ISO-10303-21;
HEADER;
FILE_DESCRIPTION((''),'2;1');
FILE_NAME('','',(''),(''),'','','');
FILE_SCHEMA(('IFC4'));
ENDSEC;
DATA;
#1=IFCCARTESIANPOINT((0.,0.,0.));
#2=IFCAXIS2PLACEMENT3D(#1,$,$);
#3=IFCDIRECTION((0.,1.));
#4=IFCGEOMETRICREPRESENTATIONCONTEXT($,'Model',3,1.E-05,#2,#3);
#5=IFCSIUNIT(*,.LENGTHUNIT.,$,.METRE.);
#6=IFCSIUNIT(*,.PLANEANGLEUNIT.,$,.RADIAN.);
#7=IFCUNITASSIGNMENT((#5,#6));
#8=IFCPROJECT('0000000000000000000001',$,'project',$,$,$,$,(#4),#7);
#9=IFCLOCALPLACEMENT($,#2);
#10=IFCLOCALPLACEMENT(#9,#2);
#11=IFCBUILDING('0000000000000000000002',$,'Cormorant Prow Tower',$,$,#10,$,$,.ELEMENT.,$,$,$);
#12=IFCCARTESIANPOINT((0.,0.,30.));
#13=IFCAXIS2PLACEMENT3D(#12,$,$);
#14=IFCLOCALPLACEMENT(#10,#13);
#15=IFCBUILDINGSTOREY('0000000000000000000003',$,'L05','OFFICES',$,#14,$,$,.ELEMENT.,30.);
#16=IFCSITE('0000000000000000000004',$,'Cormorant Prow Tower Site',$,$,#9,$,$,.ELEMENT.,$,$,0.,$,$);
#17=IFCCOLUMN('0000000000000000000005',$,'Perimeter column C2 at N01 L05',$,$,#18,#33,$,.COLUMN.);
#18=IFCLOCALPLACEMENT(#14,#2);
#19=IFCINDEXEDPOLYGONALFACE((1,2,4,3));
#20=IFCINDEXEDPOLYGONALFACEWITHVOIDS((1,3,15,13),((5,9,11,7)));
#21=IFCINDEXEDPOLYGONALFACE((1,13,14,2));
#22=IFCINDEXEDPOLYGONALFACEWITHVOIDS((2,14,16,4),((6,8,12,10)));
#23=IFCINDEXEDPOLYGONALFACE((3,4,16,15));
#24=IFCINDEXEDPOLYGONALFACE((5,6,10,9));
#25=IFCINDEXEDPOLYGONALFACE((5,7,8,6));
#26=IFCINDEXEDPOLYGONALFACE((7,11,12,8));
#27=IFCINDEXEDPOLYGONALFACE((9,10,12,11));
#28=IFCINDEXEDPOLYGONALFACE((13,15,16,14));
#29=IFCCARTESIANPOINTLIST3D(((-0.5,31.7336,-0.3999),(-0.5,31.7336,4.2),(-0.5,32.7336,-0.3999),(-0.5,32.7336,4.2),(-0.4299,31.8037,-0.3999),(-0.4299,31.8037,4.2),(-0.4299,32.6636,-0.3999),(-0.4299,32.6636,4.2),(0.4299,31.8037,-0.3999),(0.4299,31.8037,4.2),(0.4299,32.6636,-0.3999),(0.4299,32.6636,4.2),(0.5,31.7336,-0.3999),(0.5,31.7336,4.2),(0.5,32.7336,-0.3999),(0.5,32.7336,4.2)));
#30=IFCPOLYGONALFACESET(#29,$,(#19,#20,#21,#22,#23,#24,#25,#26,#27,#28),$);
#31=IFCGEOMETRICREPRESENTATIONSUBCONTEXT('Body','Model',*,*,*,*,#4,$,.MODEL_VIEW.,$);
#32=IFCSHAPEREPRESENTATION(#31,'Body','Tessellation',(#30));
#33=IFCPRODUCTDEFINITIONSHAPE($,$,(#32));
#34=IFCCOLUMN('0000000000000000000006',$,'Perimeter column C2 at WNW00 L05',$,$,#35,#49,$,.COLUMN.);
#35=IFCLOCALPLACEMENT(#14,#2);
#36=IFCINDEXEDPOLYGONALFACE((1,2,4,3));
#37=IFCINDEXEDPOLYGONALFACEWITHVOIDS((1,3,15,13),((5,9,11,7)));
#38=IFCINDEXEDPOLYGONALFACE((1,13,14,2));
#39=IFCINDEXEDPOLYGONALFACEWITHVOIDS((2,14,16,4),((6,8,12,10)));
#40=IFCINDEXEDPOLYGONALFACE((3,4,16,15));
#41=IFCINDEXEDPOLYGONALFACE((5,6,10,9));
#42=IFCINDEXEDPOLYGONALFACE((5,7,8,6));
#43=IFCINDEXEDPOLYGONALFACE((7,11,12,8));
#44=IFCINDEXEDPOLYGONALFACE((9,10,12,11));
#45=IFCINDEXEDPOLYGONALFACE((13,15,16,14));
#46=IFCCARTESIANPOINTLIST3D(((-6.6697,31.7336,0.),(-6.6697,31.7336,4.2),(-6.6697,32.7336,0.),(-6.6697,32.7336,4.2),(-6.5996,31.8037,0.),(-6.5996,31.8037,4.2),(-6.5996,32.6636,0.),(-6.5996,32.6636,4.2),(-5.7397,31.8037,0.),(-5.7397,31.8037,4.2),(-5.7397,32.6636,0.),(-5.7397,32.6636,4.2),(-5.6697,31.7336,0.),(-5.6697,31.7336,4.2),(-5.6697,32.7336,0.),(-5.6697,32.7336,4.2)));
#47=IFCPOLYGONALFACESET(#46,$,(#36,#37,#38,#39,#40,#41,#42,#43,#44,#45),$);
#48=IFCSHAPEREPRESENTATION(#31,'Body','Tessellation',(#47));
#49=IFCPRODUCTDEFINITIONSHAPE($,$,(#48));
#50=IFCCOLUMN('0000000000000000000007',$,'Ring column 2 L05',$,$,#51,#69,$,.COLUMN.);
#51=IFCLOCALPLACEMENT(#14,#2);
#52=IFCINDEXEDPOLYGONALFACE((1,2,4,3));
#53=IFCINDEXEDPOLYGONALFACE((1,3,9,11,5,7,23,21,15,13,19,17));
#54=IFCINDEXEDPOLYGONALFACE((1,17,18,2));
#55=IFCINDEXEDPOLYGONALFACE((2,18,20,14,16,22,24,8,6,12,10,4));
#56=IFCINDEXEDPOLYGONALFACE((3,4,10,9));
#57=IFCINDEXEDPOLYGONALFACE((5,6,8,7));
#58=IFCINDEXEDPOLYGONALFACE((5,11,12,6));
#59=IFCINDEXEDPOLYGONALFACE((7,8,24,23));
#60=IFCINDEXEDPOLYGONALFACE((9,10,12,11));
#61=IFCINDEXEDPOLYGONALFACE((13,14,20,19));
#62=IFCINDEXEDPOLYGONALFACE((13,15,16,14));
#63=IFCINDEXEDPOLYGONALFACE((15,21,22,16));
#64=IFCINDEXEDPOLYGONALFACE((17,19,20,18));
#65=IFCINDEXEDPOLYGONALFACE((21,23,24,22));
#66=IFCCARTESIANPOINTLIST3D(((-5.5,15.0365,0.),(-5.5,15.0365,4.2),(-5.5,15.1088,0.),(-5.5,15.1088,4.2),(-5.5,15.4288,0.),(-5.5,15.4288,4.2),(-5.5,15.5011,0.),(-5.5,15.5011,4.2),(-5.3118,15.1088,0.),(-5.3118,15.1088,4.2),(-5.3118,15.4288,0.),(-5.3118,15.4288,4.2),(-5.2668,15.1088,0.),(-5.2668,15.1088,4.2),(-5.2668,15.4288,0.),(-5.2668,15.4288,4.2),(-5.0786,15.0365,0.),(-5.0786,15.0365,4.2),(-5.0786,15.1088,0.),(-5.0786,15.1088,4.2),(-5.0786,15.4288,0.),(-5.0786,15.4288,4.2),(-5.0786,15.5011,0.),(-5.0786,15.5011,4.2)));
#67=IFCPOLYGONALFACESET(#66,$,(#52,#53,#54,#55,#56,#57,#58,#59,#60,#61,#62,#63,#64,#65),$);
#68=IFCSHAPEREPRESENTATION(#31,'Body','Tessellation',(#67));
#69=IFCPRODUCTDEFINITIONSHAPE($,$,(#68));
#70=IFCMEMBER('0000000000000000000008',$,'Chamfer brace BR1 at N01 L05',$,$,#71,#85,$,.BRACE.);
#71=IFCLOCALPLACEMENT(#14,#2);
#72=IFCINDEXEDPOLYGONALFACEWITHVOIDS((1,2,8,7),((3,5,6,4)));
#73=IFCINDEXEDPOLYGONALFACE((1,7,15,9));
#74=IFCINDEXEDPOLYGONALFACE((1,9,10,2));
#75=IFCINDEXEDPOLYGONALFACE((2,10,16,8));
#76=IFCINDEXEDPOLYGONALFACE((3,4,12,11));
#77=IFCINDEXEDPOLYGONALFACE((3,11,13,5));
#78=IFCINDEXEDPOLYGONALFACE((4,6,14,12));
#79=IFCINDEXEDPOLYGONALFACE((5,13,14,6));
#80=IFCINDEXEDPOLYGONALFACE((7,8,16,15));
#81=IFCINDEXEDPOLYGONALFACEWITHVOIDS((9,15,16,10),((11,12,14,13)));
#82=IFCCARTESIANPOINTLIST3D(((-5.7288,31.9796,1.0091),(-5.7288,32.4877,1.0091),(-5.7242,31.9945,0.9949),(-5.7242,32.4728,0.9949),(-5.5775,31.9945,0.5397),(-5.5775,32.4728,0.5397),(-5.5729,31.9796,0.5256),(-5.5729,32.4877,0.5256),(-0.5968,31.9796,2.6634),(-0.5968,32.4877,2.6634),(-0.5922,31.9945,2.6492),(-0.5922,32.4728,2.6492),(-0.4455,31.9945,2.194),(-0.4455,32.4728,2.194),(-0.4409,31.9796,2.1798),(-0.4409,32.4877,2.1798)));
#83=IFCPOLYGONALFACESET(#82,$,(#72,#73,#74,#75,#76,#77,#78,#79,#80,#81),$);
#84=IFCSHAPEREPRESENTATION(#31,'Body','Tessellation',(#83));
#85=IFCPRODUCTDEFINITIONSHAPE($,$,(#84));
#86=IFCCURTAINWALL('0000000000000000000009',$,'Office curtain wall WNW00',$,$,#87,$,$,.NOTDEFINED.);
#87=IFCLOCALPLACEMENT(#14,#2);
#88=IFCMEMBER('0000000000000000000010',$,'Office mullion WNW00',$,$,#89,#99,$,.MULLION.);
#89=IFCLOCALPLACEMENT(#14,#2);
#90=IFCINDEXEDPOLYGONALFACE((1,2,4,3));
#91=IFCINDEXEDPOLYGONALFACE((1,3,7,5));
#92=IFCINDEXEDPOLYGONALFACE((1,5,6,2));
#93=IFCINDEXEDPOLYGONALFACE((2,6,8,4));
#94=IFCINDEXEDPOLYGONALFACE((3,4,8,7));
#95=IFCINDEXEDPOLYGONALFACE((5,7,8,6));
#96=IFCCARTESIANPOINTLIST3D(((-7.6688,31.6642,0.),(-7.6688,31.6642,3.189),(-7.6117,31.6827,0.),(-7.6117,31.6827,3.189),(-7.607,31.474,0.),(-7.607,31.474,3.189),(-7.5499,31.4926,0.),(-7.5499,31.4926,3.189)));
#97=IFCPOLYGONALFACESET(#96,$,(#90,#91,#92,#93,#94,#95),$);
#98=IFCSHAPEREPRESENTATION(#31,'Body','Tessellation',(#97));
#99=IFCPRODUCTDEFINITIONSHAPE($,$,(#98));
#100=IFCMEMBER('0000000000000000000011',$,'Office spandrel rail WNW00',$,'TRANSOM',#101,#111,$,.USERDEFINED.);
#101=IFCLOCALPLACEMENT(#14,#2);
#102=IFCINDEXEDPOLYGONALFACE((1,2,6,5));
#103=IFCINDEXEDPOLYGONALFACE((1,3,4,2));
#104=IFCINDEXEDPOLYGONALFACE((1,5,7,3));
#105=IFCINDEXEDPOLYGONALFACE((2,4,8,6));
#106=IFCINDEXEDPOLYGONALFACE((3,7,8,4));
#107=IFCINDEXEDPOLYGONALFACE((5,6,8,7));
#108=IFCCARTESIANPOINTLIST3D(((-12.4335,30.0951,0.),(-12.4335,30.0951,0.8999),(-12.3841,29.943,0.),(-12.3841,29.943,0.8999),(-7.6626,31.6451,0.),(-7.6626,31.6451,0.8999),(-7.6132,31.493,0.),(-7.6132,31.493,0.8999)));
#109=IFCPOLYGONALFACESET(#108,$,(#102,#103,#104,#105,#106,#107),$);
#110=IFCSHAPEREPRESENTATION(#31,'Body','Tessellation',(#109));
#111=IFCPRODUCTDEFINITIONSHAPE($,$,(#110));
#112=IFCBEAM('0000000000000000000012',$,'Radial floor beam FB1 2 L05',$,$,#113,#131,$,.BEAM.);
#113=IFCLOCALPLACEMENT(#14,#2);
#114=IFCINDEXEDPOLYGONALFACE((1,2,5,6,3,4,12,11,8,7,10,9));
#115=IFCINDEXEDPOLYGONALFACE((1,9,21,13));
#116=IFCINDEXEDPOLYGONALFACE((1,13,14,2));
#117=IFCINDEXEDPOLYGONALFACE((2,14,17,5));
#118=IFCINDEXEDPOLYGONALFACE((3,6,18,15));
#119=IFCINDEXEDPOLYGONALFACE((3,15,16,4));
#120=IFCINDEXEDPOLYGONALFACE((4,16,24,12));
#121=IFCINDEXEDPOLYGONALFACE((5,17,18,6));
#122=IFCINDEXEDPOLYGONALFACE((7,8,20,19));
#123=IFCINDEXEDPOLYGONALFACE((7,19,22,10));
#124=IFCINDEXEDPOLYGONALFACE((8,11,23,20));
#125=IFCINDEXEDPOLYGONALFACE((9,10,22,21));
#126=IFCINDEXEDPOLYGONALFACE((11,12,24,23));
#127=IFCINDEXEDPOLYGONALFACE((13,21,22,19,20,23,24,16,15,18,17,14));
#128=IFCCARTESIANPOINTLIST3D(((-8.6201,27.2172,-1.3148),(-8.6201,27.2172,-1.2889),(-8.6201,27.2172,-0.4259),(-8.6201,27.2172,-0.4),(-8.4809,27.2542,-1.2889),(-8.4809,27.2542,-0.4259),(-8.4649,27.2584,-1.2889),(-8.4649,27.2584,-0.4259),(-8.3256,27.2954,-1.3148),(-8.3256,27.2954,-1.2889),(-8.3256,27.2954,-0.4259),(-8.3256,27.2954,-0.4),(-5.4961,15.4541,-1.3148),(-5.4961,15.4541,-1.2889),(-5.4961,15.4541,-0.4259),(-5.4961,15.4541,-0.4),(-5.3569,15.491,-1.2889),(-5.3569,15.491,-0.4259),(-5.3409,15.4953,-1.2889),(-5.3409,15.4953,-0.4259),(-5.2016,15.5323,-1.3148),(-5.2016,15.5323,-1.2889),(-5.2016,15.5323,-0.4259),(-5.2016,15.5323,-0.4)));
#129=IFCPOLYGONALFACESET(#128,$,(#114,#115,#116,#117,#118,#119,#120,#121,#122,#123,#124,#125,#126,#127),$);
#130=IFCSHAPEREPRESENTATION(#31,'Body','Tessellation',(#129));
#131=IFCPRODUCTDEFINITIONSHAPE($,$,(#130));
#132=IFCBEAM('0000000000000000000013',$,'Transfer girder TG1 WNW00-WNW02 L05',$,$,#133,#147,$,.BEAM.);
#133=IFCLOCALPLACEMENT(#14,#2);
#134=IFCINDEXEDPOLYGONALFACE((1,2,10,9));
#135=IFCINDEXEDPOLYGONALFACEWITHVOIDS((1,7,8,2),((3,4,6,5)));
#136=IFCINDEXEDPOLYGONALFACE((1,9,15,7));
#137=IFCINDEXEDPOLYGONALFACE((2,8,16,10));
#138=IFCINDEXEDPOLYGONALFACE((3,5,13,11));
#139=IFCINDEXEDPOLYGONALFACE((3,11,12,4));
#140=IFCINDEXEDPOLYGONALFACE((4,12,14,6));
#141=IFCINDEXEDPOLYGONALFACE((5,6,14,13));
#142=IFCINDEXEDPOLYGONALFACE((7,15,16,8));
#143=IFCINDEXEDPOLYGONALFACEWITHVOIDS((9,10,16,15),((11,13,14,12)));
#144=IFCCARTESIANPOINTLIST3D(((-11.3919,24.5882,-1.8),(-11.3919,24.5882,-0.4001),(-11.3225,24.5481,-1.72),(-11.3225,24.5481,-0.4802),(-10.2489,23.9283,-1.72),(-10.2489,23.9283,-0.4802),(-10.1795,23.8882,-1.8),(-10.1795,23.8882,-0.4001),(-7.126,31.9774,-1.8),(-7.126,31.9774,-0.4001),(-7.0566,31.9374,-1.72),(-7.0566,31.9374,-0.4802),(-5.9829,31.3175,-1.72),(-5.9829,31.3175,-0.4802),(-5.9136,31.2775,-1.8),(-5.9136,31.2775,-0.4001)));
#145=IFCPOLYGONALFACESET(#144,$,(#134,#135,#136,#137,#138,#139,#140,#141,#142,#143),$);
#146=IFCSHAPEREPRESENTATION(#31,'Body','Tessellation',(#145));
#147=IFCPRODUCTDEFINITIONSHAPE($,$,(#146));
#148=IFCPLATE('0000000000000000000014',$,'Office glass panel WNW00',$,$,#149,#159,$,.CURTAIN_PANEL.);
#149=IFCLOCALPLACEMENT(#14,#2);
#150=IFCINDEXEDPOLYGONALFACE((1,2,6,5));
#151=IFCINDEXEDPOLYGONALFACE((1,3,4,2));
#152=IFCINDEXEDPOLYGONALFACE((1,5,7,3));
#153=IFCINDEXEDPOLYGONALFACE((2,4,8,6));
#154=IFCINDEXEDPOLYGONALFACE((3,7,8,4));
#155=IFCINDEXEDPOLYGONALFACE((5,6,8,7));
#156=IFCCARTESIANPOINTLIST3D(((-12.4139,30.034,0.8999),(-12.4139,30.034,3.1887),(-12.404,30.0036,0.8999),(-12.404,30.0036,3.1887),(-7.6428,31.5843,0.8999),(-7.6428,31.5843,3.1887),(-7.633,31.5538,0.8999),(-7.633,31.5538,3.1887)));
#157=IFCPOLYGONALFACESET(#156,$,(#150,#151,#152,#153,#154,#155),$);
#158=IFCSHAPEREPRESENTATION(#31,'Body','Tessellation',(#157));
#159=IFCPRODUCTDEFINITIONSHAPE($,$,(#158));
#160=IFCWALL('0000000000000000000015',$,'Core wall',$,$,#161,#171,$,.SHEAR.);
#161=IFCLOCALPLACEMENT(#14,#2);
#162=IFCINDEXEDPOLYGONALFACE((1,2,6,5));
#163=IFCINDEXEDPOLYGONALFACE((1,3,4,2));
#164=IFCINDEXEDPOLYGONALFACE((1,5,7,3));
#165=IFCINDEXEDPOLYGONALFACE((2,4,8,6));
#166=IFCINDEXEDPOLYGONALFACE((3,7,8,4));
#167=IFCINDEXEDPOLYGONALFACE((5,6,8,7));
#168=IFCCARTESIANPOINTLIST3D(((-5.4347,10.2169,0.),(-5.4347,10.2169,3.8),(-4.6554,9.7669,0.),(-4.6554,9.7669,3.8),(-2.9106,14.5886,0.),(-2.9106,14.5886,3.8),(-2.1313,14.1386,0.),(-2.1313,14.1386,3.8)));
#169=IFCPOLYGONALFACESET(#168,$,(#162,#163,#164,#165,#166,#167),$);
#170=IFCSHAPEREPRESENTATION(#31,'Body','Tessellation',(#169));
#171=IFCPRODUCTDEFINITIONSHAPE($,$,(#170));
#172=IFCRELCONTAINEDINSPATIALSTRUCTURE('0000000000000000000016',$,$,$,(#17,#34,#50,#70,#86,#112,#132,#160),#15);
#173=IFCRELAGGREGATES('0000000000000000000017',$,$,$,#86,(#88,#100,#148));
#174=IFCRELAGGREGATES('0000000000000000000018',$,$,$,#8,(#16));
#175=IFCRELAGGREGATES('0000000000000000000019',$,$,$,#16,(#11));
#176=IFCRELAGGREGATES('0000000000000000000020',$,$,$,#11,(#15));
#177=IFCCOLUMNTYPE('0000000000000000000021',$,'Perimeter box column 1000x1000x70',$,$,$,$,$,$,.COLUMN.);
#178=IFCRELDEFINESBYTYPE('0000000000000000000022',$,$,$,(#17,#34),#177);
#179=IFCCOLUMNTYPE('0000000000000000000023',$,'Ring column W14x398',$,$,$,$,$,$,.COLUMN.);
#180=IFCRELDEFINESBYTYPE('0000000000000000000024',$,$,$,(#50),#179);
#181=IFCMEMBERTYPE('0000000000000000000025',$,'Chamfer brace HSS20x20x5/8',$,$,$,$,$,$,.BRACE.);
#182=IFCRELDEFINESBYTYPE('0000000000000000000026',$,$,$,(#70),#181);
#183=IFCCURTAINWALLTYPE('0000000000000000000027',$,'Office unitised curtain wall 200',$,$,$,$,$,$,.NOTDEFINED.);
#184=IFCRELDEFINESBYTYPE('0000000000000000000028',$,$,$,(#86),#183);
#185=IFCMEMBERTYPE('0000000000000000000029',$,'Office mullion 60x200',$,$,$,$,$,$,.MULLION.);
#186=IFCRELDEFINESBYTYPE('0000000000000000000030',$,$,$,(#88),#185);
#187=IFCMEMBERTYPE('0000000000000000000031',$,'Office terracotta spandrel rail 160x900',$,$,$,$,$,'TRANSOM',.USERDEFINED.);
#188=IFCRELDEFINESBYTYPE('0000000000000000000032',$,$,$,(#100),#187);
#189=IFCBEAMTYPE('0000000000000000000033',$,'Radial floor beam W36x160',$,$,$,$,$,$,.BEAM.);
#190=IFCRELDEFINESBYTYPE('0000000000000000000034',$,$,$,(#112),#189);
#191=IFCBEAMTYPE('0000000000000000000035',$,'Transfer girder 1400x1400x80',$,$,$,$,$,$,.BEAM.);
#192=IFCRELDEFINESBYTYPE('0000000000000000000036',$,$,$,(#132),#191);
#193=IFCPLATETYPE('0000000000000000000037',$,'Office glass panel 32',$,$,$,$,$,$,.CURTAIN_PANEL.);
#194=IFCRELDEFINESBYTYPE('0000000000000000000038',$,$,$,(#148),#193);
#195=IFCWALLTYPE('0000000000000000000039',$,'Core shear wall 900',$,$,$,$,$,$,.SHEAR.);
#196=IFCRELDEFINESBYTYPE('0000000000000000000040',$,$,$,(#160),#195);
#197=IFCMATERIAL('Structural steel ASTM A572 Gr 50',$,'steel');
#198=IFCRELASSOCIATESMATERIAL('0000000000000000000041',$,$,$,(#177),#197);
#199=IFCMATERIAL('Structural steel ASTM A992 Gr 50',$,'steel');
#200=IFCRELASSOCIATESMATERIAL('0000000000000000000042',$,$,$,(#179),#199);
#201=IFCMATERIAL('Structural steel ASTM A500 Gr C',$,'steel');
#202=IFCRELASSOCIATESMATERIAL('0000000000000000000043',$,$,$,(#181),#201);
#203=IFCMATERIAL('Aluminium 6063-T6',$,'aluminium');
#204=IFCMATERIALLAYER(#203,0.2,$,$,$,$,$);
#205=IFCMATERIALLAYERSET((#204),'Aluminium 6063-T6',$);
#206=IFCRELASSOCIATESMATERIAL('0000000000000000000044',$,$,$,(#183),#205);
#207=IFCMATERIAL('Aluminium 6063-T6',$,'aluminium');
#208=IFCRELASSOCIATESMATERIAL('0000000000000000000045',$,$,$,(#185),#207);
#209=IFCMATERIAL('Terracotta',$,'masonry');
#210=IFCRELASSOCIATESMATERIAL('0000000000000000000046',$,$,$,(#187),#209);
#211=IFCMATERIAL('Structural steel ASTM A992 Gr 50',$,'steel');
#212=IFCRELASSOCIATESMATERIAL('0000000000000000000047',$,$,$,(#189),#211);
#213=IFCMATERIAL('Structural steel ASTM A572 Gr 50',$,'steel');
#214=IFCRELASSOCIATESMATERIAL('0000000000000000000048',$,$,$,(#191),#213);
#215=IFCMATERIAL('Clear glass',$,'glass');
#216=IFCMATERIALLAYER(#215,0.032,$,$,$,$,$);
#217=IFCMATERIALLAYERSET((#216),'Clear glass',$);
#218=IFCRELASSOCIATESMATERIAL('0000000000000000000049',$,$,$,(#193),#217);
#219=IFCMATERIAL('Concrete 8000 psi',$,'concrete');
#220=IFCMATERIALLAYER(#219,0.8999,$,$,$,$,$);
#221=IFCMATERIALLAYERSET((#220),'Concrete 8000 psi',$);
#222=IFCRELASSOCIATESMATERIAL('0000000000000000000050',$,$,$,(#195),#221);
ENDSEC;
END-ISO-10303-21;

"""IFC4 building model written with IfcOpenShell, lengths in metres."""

from ifc_helpers import new_model, si_unit, direction, frame, frame_2d, origin, origin_2d, place, context, subcontext, project, spatial, rectangle, hollow_rectangle, i_section, extrude, material, layer, layer_set, material_profile, profile_set, type_object, element, aggregate, save


model = new_model("IFC4")

# Units and contexts
model_context = context("Model", 3, precision=1e-05, world=origin(), true_north=direction((0.0, 1.0)))
body_context = subcontext(model_context, "Body", "Model", "MODEL_VIEW")
ifc_project = project(units=[si_unit("LENGTHUNIT", "METRE"), si_unit("PLANEANGLEUNIT", "RADIAN")], contexts=[model_context])

# Site, building, storey
site_placement = place(None, origin())
site = spatial("IfcSite", under=ifc_project, at=site_placement, Name="Cormorant Prow Tower Site", CompositionType="ELEMENT", RefElevation=0.0)
building_placement = place(site_placement, origin())
building = spatial("IfcBuilding", under=site, at=building_placement, Name="Cormorant Prow Tower", CompositionType="ELEMENT")
storey_placement = place(building_placement, frame((0.0, 0.0, 30.0)))
storey = spatial("IfcBuildingStorey", under=building, at=storey_placement, Name="L05", Description="OFFICES", CompositionType="ELEMENT", Elevation=30.0)

# Columns
ifc_material_1 = material(Name="Structural steel ASTM A572 Gr 50", Category="steel")
ifc_material_profile_1 = material_profile(ifc_material_1, hollow_rectangle(XDim=1.0, YDim=1.0, WallThickness=0.0701, at=origin_2d()), Name="Box 1000x1000x70")
ifc_profile_set_1 = profile_set([ifc_material_profile_1], Name="Structural steel ASTM A572 Gr 50")
column_type_1 = type_object("IfcColumnType", Name="Perimeter box column 1000x1000x70", PredefinedType="COLUMN", material=ifc_profile_set_1)
column_1_placement = place(storey_placement, frame((0.0, 32.2336, -0.3999), z_axis=(0.0, 0.0, 1.0), x_axis=(1.0, 0.0, 0.0)))
element("IfcColumn", 1, at=column_1_placement, inside=storey, type_object=column_type_1, Name="Perimeter column C2 at N01 L05", PredefinedType="COLUMN", context=body_context, shape_type="SweptSolid", body=[
    extrude(hollow_rectangle(XDim=1.0, YDim=1.0, WallThickness=0.0701, at=origin_2d()), origin(), (0.0, 0.0, 1.0), 4.5999),
])
column_2_placement = place(storey_placement, frame((-6.1697, 32.2336, 0.0), z_axis=(0.0, 0.0, 1.0), x_axis=(1.0, 0.0, 0.0)))
element("IfcColumn", 2, at=column_2_placement, inside=storey, type_object=column_type_1, Name="Perimeter column C2 at WNW00 L05", PredefinedType="COLUMN", context=body_context, shape_type="SweptSolid", body=[
    extrude(hollow_rectangle(XDim=1.0, YDim=1.0, WallThickness=0.0701, at=origin_2d()), origin(), (0.0, 0.0, 1.0), 4.2),
])
ifc_material_2 = material(Name="Structural steel ASTM A992 Gr 50", Category="steel")
ifc_material_profile_2 = material_profile(ifc_material_2, i_section(OverallWidth=0.4214, OverallDepth=0.4646, WebThickness=0.0449, FlangeThickness=0.0723, at=origin_2d()), Name="W14x398")
ifc_profile_set_2 = profile_set([ifc_material_profile_2], Name="Structural steel ASTM A992 Gr 50")
column_type_2 = type_object("IfcColumnType", Name="Ring column W14x398", PredefinedType="COLUMN", material=ifc_profile_set_2)
column_3_placement = place(storey_placement, frame((-5.2893, 15.2688, 0.0), z_axis=(0.0, 0.0, 1.0), x_axis=(1.0, 0.0, 0.0)))
element("IfcColumn", 3, at=column_3_placement, inside=storey, type_object=column_type_2, Name="Ring column 2 L05", PredefinedType="COLUMN", context=body_context, shape_type="SweptSolid", body=[
    extrude(i_section(OverallWidth=0.4214, OverallDepth=0.4646, WebThickness=0.0449, FlangeThickness=0.0723, at=origin_2d()), origin(), (0.0, 0.0, 1.0), 4.2),
])

# Member
ifc_material_3 = material(Name="Structural steel ASTM A500 Gr C", Category="steel")
ifc_material_profile_3 = material_profile(ifc_material_3, hollow_rectangle(XDim=0.5081, YDim=0.5081, WallThickness=0.0149, at=origin_2d()), Name="HSS20x20x5/8")
ifc_profile_set_3 = profile_set([ifc_material_profile_3], Name="Structural steel ASTM A500 Gr C")
member_type_1 = type_object("IfcMemberType", Name="Chamfer brace HSS20x20x5/8", PredefinedType="BRACE", material=ifc_profile_set_3)
member_1_placement = place(storey_placement, frame((-5.6509, 32.2336, 0.7673), z_axis=(0.951774, 0.0, 0.306799), x_axis=(0.0, 1.0, 0.0)))
element("IfcMember", 4, at=member_1_placement, inside=storey, type_object=member_type_1, Name="Chamfer brace BR1 at N01 L05", PredefinedType="BRACE", context=body_context, shape_type="SweptSolid", body=[
    extrude(hollow_rectangle(XDim=0.5081, YDim=0.5081, WallThickness=0.0149, at=origin_2d()), origin(), (0.0, 0.0, 1.0), 5.3921),
])

# Curtain wall, members
ifc_material_4 = material(Name="Aluminium 6063-T6", Category="aluminium")
ifc_layer_1 = layer(ifc_material_4, 0.2)
ifc_layer_set_1 = layer_set([ifc_layer_1], Name="Aluminium 6063-T6")
curtain_wall_type = type_object("IfcCurtainWallType", Name="Office unitised curtain wall 200", PredefinedType="NOTDEFINED", material=ifc_layer_set_1)
curtain_wall_placement = place(storey_placement, origin())
curtain_wall = element("IfcCurtainWall", 5, at=curtain_wall_placement, inside=storey, type_object=curtain_wall_type, Name="Office curtain wall WNW00", PredefinedType="NOTDEFINED")
ifc_material_5 = material(Name="Aluminium 6063-T6", Category="aluminium")
ifc_material_profile_4 = material_profile(ifc_material_5, rectangle(XDim=0.2, YDim=0.0601, at=origin_2d()), Name="Office mullion 60x200")
ifc_profile_set_4 = profile_set([ifc_material_profile_4], Name="Aluminium 6063-T6")
member_type_2 = type_object("IfcMemberType", Name="Office mullion 60x200", PredefinedType="MULLION", material=ifc_profile_set_4)
member_2_placement = place(storey_placement, frame((-7.6094, 31.5784, 0.0), z_axis=(0.0, 0.0, 1.0), x_axis=(0.309017, -0.951057, 0.0)))
member_2 = element("IfcMember", 6, at=member_2_placement, type_object=member_type_2, Name="Office mullion WNW00", PredefinedType="MULLION", context=body_context, shape_type="SweptSolid", body=[
    extrude(rectangle(XDim=0.2, YDim=0.0601, at=origin_2d()), origin(), (0.0, 0.0, 1.0), 3.189),
])
ifc_material_6 = material(Name="Terracotta", Category="masonry")
ifc_material_profile_5 = material_profile(ifc_material_6, rectangle(XDim=0.1599, YDim=0.8999, at=origin_2d()), Name="Office terracotta spandrel rail 160x900")
ifc_profile_set_5 = profile_set([ifc_material_profile_5], Name="Terracotta")
member_type_3 = type_object("IfcMemberType", Name="Office terracotta spandrel rail 160x900", ElementType="TRANSOM", PredefinedType="USERDEFINED", material=ifc_profile_set_5)
member_3_placement = place(storey_placement, frame((-7.6379, 31.5691, 0.45), z_axis=(-0.951065, -0.308991, 0.0), x_axis=(0.308991, -0.951065, 0.0)))
member_3 = element("IfcMember", 7, at=member_3_placement, type_object=member_type_3, Name="Office spandrel rail WNW00", ObjectType="TRANSOM", PredefinedType="USERDEFINED", context=body_context, shape_type="SweptSolid", body=[
    extrude(rectangle(XDim=0.1599, YDim=0.8999, at=origin_2d()), origin(), (0.0, 0.0, 1.0), 5.0164),
])

# Beams
ifc_material_7 = material(Name="Structural steel ASTM A992 Gr 50", Category="steel")
ifc_material_profile_6 = material_profile(ifc_material_7, i_section(OverallWidth=0.3047, OverallDepth=0.9148, WebThickness=0.0166, FlangeThickness=0.0259, at=origin_2d()), Name="W36x160")
ifc_profile_set_6 = profile_set([ifc_material_profile_6], Name="Structural steel ASTM A992 Gr 50")
beam_type_1 = type_object("IfcBeamType", Name="Radial floor beam W36x160", PredefinedType="BEAM", material=ifc_profile_set_6)
beam_1_placement = place(storey_placement, frame((-5.3489, 15.4932, -0.8574), z_axis=(-0.256679, 0.966497, 0.0), x_axis=(-0.966497, -0.256679, 0.0)))
element("IfcBeam", 8, at=beam_1_placement, inside=storey, type_object=beam_type_1, Name="Radial floor beam FB1 2 L05", PredefinedType="BEAM", context=body_context, shape_type="SweptSolid", body=[
    extrude(i_section(OverallWidth=0.3047, OverallDepth=0.9148, WebThickness=0.0166, FlangeThickness=0.0259, at=origin_2d()), origin(), (0.0, 0.0, 1.0), 12.1709),
])
ifc_material_8 = material(Name="Structural steel ASTM A572 Gr 50", Category="steel")
ifc_material_profile_7 = material_profile(ifc_material_8, hollow_rectangle(XDim=1.3999, YDim=1.3999, WallThickness=0.0801, at=origin_2d()), Name="Box 1400x1400x80")
ifc_profile_set_7 = profile_set([ifc_material_profile_7], Name="Structural steel ASTM A572 Gr 50")
beam_type_2 = type_object("IfcBeamType", Name="Transfer girder 1400x1400x80", PredefinedType="BEAM", material=ifc_profile_set_7)
beam_2_placement = place(storey_placement, frame((-6.5198, 31.6274, -1.1001), z_axis=(-0.499977, -0.866039, 0.0), x_axis=(0.866039, -0.499977, 0.0)))
element("IfcBeam", 9, at=beam_2_placement, inside=storey, type_object=beam_type_2, Name="Transfer girder TG1 WNW00-WNW02 L05", PredefinedType="BEAM", context=body_context, shape_type="SweptSolid", body=[
    extrude(hollow_rectangle(XDim=1.3999, YDim=1.3999, WallThickness=0.0801, at=origin_2d()), origin(), (0.0, 0.0, 1.0), 8.5322),
])

# Plate
ifc_material_9 = material(Name="Clear glass", Category="glass")
ifc_layer_2 = layer(ifc_material_9, 0.032)
ifc_layer_set_2 = layer_set([ifc_layer_2], Name="Clear glass")
plate_type = type_object("IfcPlateType", Name="Office glass panel 32", PredefinedType="CURTAIN_PANEL", material=ifc_layer_set_2)
plate_placement = place(storey_placement, frame((-10.0234, 30.7939, 0.8999), z_axis=(0.0, 0.0, 1.0), x_axis=(-0.951057, -0.309017, 0.0)))
plate = element("IfcPlate", 10, at=plate_placement, type_object=plate_type, Name="Office glass panel WNW00", PredefinedType="CURTAIN_PANEL", context=body_context, shape_type="SweptSolid", body=[
    extrude(rectangle(XDim=5.0166, YDim=0.032, at=origin_2d()), origin(), (0.0, 0.0, 1.0), 2.2888),
])
aggregate(curtain_wall, [member_2, member_3, plate])

# Wall
ifc_material_10 = material(Name="Concrete 8000 psi", Category="concrete")
ifc_layer_3 = layer(ifc_material_10, 0.8999)
ifc_layer_set_3 = layer_set([ifc_layer_3], Name="Concrete 8000 psi")
wall_type_1 = type_object("IfcWallType", Name="Core shear wall 900", PredefinedType="SHEAR", material=ifc_layer_set_3)
wall_1_placement = place(storey_placement, frame((-2.521, 14.3635, 0.0), z_axis=(0.0, 0.0, 1.0), x_axis=(-0.500014, -0.866017, 0.0)))
element("IfcWall", 11, at=wall_1_placement, inside=storey, type_object=wall_type_1, Name="Core wall", PredefinedType="SHEAR", context=body_context, shape_type="SweptSolid", body=[
    extrude(rectangle(XDim=5.0481, YDim=0.8999, at=frame_2d((2.5239, 0.0))), origin(), (0.0, 0.0, 1.0), 3.8),
])

save(model, "model.ifc")
